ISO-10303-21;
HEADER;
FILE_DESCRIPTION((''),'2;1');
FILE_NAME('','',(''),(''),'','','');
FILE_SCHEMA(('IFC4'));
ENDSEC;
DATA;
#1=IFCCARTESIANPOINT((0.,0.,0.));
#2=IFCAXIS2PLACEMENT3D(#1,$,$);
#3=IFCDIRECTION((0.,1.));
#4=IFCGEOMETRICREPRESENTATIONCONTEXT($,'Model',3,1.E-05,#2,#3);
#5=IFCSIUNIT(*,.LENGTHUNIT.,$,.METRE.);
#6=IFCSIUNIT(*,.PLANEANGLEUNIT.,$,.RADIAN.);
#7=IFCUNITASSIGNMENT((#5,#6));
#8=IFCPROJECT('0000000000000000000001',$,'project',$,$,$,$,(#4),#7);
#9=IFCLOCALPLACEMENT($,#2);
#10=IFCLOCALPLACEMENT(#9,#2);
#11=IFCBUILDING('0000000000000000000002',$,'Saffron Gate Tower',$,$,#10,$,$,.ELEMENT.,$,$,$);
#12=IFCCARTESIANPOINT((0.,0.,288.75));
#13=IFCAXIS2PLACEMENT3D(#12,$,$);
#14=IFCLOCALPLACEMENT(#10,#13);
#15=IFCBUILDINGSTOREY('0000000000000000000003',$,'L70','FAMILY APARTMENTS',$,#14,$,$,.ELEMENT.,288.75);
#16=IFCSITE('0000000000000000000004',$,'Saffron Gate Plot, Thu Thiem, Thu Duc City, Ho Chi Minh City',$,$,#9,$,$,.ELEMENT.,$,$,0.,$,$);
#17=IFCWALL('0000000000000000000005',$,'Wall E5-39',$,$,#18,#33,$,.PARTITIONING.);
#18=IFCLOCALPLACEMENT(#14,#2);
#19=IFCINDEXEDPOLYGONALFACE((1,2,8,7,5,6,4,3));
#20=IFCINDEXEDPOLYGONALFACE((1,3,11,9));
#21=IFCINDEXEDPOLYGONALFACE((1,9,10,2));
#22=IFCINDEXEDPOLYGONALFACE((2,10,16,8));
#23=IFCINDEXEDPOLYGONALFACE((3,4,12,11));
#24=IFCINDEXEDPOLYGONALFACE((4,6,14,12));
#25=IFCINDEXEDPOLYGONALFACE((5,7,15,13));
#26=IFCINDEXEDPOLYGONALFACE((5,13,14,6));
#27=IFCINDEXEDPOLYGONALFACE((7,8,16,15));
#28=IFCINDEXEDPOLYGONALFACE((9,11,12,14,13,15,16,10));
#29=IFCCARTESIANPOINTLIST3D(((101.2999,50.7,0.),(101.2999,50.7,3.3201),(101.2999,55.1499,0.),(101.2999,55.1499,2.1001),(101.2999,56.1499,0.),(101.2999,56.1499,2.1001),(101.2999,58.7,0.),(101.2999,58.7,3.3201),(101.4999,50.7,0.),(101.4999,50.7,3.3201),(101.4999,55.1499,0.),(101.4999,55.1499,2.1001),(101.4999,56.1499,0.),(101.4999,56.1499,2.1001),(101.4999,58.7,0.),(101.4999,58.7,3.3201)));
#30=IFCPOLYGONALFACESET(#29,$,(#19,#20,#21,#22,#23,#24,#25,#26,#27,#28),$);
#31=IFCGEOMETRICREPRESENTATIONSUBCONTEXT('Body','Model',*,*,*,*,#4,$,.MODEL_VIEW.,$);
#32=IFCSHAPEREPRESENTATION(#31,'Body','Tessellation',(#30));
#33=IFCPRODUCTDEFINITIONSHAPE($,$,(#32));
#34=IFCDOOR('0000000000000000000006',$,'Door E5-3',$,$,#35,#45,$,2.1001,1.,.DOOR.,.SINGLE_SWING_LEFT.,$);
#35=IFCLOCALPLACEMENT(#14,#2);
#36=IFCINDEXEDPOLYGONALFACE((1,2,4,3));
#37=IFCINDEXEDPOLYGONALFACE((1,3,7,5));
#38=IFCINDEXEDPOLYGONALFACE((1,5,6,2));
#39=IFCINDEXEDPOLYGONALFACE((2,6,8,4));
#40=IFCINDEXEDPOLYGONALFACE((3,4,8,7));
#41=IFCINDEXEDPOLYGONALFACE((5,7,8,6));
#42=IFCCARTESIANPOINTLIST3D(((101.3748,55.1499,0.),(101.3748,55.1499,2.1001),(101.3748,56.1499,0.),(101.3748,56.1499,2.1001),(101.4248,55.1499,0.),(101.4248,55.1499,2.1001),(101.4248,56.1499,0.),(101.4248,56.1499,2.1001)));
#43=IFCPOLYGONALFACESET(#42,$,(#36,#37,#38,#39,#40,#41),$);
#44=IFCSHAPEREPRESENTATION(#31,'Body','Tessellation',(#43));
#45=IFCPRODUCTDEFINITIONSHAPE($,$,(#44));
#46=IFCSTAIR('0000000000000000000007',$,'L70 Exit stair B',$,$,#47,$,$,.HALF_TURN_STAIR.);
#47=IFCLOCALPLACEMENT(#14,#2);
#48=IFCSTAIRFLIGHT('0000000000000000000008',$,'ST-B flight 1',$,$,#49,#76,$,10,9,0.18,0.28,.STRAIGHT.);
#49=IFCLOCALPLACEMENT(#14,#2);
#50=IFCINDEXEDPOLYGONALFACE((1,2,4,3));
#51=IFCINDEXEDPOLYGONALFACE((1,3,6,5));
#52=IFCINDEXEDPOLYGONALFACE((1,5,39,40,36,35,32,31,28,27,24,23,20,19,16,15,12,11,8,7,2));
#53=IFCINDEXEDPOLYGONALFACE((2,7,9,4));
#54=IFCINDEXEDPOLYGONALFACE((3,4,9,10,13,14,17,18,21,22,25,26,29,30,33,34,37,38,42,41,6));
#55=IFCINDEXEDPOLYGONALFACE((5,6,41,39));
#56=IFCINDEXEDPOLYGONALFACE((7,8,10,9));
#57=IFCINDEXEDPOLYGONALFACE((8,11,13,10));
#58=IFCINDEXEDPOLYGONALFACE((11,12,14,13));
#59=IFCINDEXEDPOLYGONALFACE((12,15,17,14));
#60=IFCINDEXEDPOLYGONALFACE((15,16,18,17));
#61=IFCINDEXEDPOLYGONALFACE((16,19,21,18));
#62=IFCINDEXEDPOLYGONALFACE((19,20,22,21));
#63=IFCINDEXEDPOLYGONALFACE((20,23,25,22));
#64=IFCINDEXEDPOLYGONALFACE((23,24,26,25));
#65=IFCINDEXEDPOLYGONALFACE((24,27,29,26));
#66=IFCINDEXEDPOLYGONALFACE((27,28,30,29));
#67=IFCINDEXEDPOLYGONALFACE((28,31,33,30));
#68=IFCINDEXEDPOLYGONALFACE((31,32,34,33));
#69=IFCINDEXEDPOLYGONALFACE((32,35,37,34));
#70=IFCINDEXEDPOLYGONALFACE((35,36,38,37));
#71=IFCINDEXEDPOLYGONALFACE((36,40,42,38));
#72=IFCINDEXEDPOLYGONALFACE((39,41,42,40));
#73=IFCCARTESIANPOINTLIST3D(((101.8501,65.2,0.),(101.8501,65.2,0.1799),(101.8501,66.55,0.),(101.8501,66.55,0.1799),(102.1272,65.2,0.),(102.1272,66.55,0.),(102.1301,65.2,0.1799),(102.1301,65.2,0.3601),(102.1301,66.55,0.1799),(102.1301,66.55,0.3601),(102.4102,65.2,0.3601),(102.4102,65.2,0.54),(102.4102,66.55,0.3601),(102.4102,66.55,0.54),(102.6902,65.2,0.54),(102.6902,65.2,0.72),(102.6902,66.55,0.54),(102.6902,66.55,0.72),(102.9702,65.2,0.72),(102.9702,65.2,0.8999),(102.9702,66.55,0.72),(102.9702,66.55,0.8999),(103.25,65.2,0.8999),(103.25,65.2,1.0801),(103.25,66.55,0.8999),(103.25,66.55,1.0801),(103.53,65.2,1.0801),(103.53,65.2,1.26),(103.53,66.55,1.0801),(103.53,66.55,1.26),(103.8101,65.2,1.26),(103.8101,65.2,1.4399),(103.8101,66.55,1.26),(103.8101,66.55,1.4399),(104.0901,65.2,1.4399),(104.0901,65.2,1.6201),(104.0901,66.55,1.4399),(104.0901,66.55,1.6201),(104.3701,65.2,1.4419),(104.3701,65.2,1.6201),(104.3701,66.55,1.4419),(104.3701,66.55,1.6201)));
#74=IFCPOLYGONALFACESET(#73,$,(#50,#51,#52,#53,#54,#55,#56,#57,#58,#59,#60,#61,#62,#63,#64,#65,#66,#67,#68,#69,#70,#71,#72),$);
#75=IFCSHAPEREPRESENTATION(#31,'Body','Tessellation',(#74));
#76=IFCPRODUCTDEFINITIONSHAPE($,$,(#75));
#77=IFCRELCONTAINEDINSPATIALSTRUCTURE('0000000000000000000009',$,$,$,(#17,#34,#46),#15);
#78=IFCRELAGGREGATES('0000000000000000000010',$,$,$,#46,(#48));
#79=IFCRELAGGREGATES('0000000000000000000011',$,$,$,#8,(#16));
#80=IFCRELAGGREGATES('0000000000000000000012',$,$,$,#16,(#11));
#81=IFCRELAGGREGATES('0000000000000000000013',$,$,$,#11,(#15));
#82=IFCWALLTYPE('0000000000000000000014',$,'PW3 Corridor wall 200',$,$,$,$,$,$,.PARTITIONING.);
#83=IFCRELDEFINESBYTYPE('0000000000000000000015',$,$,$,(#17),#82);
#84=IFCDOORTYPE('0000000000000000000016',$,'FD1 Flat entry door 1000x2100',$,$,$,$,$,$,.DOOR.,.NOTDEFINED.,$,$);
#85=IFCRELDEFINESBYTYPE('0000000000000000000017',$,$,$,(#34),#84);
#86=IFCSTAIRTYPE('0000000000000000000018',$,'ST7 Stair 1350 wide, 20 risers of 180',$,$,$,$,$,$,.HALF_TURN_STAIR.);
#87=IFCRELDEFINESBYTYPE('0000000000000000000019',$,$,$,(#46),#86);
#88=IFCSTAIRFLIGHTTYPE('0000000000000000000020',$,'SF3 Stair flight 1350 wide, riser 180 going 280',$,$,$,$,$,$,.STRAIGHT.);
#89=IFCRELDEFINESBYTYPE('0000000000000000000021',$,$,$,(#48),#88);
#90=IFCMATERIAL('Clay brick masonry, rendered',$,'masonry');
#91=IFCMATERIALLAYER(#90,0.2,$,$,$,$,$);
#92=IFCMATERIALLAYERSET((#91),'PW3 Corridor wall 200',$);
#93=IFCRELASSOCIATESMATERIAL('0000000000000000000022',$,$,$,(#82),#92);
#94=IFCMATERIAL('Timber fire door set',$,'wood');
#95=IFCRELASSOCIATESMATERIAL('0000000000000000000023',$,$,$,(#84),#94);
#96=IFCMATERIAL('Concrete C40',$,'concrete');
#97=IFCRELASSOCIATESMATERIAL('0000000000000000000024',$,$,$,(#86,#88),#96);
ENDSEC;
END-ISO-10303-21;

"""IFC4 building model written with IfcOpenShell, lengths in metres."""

from ifc_helpers import new_model, si_unit, direction, frame, frame_2d, origin, place, context, subcontext, project, spatial, polyline, rectangle, outline, extrude, material, layer, layer_set, type_object, element, fill, aggregate, save


model = new_model("IFC4")

# Units and contexts
model_context = context("Model", 3, precision=1e-05, world=origin(), true_north=direction((0.0, 1.0)))
body_context = subcontext(model_context, "Body", "Model", "MODEL_VIEW")
ifc_project = project(units=[si_unit("LENGTHUNIT", "METRE"), si_unit("PLANEANGLEUNIT", "RADIAN")], contexts=[model_context])

# Site, building, storey
site_placement = place(None, origin())
site = spatial("IfcSite", under=ifc_project, at=site_placement, Name="Saffron Gate Plot, Thu Thiem, Thu Duc City, Ho Chi Minh City", CompositionType="ELEMENT", RefElevation=0.0)
building_placement = place(site_placement, origin())
building = spatial("IfcBuilding", under=site, at=building_placement, Name="Saffron Gate Tower", CompositionType="ELEMENT")
storey_placement = place(building_placement, frame((0.0, 0.0, 288.75)))
storey = spatial("IfcBuildingStorey", under=building, at=storey_placement, Name="L70", Description="FAMILY APARTMENTS", CompositionType="ELEMENT", Elevation=288.75)

# Shared definitions
ifc_material_1 = material(Name="Clay brick masonry, rendered", Category="masonry")
ifc_layer_1 = layer(ifc_material_1, 0.2)
ifc_layer_set_1 = layer_set([ifc_layer_1], Name="PW3 Corridor wall 200")
wall_type_1 = type_object("IfcWallType", Name="PW3 Corridor wall 200", PredefinedType="PARTITIONING", material=ifc_layer_set_1)

# Wall, opening, door
wall_1_placement = place(storey_placement, frame((101.3999, 58.7, 0.0), z_axis=(0.0, 0.0, 1.0), x_axis=(0.0, -1.0, 0.0)))
wall_1 = element("IfcWall", 1, at=wall_1_placement, inside=storey, type_object=wall_type_1, Name="Wall E5-39", PredefinedType="PARTITIONING", context=body_context, shape_type="SweptSolid", body=[
    extrude(rectangle(XDim=8.0, YDim=0.2, at=frame_2d((4.0, 0.0))), origin(), (0.0, 0.0, 1.0), 3.3201),
])
opening_1_placement = place(wall_1_placement, frame((2.55, 0.0, 0.0)))
opening_1 = element("IfcOpeningElement", 2, at=opening_1_placement, cuts=wall_1, PredefinedType="OPENING", context=body_context, shape_type="SweptSolid", body=[
    extrude(rectangle(XDim=1.0, YDim=2.1001, at=frame_2d((0.5, 1.05))), frame((0.0, 0.1099, 0.0), z_axis=(0.0, -1.0, 0.0), x_axis=(1.0, 0.0, 0.0)), (0.0, 0.0, 1.0), 0.22),
])
ifc_material_2 = material(Name="Timber fire door set", Category="wood")
door_type_1 = type_object("IfcDoorType", Name="FD1 Flat entry door 1000x2100", OperationType="NOTDEFINED", PredefinedType="DOOR", material=ifc_material_2)
door_1_placement = place(opening_1_placement, origin())
door_1 = element("IfcDoor", 3, at=door_1_placement, inside=storey, type_object=door_type_1, Name="Door E5-3", OperationType="SINGLE_SWING_LEFT", OverallHeight=2.1001, OverallWidth=1.0, PredefinedType="DOOR", context=body_context, shape_type="SweptSolid", body=[
    extrude(rectangle(XDim=1.0, YDim=2.1001, at=frame_2d((0.5, 1.05))), frame((0.0, 0.0249, 0.0), z_axis=(0.0, -1.0, 0.0), x_axis=(1.0, 0.0, 0.0)), (0.0, 0.0, 1.0), 0.05),
])
fill(opening_1, door_1)

# Stair, stair flight
ifc_material_3 = material(Name="Concrete C40", Category="concrete")
stair_type = type_object("IfcStairType", Name="ST7 Stair 1350 wide, 20 risers of 180", PredefinedType="HALF_TURN_STAIR", material=ifc_material_3)
stair_placement = place(storey_placement, origin())
stair = element("IfcStair", 4, at=stair_placement, inside=storey, type_object=stair_type, Name="L70 Exit stair B", PredefinedType="HALF_TURN_STAIR")
stair_flight_type = type_object("IfcStairFlightType", Name="SF3 Stair flight 1350 wide, riser 180 going 280", PredefinedType="STRAIGHT", material=ifc_material_3)
stair_flight_placement = place(storey_placement, frame((101.8501, 65.875, 0.0), z_axis=(0.0, 0.0, 1.0), x_axis=(1.0, 0.0, 0.0)))
stair_flight = element("IfcStairFlight", 5, at=stair_flight_placement, type_object=stair_flight_type, Name="ST-B flight 1", NumberOfRisers=10, NumberOfTreads=9, PredefinedType="STRAIGHT", RiserHeight=0.18, TreadLength=0.28, context=body_context, shape_type="SweptSolid", body=[
    extrude(outline(polyline([(0.0, 0.0), (0.0, 0.1799), (0.28, 0.1799), (0.28, 0.3601), (0.5601, 0.3601), (0.5601, 0.54), (0.8401, 0.54), (0.8401, 0.72), (1.1201, 0.72), (1.1201, 0.8999), (1.3999, 0.8999), (1.3999, 1.0801), (1.6799, 1.0801), (1.6799, 1.26), (1.96, 1.26), (1.96, 1.4399), (2.24, 1.4399), (2.24, 1.6201), (2.52, 1.6201), (2.52, 1.8), (2.52, 1.4419), (0.2771, 0.0), (0.0, 0.0)])), frame((0.0, 0.675, 0.0), z_axis=(0.0, -1.0, 0.0), x_axis=(1.0, 0.0, 0.0)), (0.0, 0.0, 1.0), 1.3501),
])
aggregate(stair, [stair_flight])

save(model, "model.ifc")
